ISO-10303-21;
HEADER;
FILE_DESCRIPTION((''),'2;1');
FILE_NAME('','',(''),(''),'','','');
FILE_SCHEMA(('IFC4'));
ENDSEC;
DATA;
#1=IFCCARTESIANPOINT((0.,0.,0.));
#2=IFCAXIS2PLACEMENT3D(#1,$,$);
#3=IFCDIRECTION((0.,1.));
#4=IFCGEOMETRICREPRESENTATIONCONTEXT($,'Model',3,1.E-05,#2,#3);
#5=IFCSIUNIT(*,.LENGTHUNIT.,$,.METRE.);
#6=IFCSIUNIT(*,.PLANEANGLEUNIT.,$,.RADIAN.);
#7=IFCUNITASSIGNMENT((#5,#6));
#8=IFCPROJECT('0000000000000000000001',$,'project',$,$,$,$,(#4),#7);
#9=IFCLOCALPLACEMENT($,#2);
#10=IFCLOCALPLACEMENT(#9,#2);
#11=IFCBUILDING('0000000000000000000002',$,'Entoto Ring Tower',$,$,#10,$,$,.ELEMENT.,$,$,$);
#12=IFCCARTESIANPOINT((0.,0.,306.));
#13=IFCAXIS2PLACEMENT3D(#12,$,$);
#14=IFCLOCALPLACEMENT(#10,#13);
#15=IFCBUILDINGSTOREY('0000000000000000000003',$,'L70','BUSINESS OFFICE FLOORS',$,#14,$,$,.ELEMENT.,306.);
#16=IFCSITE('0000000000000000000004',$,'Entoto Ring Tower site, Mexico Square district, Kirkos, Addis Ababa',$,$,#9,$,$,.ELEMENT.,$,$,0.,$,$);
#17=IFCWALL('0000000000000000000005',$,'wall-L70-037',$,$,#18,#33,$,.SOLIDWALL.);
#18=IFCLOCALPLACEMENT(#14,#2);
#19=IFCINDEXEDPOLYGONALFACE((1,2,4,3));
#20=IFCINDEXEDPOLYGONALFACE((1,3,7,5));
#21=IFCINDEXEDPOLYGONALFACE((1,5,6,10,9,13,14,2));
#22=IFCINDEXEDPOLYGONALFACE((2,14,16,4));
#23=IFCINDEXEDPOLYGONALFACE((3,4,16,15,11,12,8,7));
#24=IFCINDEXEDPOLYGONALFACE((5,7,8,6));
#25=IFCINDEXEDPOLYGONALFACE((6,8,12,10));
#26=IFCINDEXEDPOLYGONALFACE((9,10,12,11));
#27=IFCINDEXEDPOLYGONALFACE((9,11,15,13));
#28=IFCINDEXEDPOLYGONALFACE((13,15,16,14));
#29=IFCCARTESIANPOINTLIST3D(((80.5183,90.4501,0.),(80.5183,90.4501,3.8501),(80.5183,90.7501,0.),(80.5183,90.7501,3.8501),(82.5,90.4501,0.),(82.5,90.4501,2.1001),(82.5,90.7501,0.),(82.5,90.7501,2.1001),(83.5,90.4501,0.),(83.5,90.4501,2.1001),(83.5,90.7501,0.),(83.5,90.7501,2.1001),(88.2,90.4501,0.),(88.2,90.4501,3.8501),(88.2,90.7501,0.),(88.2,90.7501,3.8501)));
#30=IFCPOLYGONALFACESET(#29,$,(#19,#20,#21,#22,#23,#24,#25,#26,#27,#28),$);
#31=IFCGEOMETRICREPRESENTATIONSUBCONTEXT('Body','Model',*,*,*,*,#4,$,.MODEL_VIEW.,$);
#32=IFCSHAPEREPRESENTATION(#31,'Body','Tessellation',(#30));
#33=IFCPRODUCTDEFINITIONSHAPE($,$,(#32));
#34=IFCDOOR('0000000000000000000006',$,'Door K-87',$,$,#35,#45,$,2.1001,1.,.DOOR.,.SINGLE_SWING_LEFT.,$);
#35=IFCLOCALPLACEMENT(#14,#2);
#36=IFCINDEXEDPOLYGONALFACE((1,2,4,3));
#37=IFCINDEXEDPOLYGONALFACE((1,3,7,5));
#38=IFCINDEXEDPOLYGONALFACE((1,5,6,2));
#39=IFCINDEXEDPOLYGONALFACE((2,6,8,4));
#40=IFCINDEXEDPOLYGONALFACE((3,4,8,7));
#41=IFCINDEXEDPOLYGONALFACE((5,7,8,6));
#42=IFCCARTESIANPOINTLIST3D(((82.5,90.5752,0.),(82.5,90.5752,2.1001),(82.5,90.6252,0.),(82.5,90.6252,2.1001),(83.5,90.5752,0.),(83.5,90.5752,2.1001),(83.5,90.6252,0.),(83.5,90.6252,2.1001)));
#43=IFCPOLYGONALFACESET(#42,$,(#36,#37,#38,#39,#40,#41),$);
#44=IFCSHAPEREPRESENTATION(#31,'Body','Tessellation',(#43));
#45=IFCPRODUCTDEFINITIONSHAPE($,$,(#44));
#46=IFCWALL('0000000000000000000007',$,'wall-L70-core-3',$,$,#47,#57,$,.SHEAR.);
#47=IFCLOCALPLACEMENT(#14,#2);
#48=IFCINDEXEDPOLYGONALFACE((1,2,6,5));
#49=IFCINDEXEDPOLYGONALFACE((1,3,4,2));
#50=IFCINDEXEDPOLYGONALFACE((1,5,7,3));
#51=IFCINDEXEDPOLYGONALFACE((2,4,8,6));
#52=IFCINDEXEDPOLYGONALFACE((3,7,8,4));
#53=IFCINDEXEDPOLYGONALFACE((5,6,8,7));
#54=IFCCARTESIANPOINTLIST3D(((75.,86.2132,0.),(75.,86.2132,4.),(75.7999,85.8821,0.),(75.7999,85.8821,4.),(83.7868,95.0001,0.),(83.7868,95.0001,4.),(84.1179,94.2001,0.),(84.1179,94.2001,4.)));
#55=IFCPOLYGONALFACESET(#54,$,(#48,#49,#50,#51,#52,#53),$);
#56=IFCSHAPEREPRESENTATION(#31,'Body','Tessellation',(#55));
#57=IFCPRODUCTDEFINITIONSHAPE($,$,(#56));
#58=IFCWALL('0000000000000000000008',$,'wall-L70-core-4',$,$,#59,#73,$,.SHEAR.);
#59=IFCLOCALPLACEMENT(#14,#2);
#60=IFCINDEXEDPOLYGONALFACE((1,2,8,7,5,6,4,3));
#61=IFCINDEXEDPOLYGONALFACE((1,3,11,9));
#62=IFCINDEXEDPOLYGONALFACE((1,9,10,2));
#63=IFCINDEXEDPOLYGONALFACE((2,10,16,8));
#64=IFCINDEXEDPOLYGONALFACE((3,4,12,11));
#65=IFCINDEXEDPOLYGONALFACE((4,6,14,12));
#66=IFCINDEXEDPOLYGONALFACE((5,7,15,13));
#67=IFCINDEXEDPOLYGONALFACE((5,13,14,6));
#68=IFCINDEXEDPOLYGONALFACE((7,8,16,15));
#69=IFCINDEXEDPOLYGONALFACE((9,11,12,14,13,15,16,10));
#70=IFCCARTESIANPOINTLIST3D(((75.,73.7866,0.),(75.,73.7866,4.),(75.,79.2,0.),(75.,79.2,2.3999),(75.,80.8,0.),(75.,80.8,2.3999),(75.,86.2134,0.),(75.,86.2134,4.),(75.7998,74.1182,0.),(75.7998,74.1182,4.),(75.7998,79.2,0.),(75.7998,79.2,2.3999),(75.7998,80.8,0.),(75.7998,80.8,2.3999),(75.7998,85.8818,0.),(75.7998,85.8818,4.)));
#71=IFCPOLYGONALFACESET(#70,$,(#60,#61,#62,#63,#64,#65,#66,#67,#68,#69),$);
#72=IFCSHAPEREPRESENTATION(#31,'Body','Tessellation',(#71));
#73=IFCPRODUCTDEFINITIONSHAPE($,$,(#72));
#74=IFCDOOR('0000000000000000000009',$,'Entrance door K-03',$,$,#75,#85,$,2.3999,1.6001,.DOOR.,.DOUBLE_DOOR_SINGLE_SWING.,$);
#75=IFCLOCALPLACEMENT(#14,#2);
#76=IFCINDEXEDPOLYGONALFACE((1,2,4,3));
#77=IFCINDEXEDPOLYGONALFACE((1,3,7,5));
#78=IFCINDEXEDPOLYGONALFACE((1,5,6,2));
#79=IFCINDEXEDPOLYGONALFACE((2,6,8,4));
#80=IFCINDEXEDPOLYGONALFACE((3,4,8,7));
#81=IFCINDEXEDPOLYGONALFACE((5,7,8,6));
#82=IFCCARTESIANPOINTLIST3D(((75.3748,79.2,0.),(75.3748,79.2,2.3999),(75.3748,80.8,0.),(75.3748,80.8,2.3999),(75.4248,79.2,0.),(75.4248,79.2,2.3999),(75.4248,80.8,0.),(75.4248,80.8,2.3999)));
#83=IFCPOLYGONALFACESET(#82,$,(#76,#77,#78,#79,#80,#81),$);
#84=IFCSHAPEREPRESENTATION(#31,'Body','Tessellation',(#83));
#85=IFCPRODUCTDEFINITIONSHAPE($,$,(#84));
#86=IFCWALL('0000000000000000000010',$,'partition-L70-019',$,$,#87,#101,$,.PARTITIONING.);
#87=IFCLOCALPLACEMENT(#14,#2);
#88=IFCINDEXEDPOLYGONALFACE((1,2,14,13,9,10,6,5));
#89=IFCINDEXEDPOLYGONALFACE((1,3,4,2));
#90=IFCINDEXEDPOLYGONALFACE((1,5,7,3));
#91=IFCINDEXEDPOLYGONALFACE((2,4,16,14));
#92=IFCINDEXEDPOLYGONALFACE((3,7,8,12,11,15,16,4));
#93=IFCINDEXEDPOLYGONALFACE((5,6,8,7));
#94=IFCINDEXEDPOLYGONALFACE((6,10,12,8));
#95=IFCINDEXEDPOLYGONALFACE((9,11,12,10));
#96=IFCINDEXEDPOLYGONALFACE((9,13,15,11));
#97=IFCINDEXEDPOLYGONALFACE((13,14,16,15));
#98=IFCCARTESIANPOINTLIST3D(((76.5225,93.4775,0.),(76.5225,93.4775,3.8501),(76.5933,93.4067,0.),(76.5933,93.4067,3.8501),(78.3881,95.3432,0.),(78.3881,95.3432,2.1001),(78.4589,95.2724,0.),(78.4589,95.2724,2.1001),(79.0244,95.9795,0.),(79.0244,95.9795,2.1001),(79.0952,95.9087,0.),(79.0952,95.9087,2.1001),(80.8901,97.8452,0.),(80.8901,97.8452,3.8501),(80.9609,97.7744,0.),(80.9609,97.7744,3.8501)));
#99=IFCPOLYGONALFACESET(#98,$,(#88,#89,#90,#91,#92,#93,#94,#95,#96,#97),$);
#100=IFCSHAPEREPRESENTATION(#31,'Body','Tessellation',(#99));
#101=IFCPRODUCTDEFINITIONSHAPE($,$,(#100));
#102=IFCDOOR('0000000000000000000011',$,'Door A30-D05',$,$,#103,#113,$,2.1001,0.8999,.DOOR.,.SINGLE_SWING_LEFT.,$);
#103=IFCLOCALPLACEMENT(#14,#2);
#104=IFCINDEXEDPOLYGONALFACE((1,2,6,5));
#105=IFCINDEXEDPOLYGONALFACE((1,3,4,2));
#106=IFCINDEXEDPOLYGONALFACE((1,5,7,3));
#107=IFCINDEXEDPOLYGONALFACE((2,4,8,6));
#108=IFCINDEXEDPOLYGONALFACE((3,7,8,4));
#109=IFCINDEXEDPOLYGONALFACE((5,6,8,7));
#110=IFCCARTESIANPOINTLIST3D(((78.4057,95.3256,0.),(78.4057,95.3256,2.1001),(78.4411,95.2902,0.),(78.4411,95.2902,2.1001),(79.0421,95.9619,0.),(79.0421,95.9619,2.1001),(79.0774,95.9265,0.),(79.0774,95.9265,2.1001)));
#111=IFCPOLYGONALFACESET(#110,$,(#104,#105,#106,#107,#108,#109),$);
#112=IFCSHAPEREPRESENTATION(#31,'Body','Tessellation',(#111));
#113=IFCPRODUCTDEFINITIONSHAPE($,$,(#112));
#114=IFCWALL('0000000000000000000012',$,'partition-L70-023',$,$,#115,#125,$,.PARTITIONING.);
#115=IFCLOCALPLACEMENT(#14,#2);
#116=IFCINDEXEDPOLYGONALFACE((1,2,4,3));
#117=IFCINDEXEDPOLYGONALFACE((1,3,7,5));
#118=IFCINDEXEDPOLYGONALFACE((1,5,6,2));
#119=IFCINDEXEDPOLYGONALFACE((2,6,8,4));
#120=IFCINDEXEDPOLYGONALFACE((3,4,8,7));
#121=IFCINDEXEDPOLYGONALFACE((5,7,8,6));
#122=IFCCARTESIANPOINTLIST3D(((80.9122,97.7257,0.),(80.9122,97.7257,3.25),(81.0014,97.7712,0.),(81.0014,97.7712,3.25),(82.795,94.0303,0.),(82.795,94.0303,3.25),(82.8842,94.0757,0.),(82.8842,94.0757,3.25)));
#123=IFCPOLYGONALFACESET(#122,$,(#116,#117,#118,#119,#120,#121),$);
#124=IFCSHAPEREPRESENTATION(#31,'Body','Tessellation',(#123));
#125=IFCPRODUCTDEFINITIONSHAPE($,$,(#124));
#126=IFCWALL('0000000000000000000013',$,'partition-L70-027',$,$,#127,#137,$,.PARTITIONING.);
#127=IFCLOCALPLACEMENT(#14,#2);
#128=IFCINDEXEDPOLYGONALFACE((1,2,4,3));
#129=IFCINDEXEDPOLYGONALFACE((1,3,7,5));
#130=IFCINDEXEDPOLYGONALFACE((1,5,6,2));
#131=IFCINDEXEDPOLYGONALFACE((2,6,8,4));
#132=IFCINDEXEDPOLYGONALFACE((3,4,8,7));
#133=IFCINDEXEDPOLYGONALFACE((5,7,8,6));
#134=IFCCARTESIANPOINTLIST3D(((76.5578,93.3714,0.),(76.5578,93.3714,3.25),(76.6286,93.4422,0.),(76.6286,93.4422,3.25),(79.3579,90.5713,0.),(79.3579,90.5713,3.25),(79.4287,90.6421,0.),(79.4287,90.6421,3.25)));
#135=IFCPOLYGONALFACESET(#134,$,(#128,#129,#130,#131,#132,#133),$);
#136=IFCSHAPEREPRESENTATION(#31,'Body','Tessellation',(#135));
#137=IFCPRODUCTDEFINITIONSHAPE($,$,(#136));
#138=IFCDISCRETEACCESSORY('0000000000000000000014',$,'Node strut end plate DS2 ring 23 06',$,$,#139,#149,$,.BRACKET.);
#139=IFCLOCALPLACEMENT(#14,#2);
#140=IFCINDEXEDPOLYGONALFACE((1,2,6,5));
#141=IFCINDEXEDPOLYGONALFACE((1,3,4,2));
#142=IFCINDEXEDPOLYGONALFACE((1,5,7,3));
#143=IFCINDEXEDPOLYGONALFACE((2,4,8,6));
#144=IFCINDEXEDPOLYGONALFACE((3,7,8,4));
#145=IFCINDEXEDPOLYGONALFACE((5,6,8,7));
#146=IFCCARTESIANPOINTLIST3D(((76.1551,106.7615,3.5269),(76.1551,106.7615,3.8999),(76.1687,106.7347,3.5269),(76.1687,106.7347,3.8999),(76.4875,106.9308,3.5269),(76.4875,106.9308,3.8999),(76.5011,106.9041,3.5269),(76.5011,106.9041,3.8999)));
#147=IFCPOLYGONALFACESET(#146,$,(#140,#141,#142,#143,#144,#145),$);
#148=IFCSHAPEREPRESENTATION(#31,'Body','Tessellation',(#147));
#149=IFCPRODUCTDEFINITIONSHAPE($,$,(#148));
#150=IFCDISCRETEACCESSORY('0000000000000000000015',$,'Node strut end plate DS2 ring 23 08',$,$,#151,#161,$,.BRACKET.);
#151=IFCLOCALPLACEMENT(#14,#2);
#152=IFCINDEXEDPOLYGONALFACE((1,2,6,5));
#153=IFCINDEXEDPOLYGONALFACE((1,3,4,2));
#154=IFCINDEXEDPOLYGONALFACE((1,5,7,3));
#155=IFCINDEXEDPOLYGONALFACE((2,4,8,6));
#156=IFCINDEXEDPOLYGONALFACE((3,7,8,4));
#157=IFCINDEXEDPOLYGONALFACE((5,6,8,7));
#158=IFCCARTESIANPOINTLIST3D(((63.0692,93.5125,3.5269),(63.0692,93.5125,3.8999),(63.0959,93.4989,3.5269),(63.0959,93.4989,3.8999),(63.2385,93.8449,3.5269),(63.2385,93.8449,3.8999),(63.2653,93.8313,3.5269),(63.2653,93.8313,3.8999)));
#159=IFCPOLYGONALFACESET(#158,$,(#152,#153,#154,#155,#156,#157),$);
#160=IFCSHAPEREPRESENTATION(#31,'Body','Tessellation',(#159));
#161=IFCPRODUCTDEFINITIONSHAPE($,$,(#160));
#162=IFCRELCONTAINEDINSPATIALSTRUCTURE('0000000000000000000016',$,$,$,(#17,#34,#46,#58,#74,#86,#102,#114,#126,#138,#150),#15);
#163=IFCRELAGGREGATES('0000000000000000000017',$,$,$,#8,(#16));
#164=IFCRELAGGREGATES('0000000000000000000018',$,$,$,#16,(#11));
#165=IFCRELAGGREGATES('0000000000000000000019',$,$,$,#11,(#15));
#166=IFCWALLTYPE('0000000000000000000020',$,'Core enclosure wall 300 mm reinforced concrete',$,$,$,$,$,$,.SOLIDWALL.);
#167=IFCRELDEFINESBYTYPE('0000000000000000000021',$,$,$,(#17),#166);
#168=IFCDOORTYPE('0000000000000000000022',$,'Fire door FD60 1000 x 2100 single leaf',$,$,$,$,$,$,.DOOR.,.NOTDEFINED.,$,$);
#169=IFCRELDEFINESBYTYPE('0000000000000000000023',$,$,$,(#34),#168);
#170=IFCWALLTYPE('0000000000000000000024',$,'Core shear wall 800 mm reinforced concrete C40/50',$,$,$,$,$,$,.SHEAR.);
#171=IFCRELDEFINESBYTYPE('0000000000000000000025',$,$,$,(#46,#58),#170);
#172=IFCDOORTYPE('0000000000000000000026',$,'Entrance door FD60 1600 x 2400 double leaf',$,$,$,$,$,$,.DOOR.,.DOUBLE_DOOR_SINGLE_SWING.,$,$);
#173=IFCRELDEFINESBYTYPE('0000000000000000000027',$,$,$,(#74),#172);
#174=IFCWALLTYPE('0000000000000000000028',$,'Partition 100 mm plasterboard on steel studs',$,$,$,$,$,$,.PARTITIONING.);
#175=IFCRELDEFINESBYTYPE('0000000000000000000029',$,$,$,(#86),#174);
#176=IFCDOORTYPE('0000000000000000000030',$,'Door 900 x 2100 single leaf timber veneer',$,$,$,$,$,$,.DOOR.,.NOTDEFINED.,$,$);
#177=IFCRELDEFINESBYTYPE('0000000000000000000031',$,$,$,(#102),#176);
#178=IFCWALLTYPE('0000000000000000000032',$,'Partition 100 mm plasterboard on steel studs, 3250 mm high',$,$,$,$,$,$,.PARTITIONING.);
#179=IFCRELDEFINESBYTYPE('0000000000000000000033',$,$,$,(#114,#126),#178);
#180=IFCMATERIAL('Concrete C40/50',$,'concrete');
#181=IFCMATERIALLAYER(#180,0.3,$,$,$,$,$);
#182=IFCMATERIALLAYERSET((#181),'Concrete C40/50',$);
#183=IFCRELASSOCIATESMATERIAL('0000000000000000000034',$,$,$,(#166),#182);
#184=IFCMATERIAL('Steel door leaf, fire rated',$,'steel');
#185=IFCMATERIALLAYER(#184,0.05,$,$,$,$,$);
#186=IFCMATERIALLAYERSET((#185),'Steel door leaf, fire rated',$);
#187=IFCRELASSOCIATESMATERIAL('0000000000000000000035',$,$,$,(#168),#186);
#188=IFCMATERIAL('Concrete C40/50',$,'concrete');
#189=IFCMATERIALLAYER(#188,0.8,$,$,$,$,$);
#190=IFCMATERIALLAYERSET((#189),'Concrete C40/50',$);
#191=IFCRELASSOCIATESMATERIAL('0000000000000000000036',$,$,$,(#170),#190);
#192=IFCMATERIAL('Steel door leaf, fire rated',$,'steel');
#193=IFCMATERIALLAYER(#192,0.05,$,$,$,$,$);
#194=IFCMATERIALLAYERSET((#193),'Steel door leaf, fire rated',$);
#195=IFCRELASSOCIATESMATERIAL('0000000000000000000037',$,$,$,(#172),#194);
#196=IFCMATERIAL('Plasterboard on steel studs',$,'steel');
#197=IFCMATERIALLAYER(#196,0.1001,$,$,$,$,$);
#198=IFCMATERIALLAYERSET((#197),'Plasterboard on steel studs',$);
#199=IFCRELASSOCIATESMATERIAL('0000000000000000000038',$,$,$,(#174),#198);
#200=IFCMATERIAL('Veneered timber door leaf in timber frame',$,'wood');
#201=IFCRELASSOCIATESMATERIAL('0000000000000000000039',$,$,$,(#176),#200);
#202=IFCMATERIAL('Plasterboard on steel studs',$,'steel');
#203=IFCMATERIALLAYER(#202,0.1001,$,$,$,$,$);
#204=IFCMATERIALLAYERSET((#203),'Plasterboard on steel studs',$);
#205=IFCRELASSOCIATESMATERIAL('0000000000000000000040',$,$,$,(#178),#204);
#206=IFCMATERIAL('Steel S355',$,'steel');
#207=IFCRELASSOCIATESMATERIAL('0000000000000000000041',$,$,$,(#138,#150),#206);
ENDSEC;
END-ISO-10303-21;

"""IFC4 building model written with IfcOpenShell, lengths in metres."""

from ifc_helpers import new_model, si_unit, direction, frame, frame_2d, origin, origin_2d, place, context, subcontext, project, spatial, polyline, rectangle, outline, extrude, material, layer, layer_set, type_object, element, fill, save


model = new_model("IFC4")

# Units and contexts
model_context = context("Model", 3, precision=1e-05, world=origin(), true_north=direction((0.0, 1.0)))
body_context = subcontext(model_context, "Body", "Model", "MODEL_VIEW")
ifc_project = project(units=[si_unit("LENGTHUNIT", "METRE"), si_unit("PLANEANGLEUNIT", "RADIAN")], contexts=[model_context])

# Site, building, storey
site_placement = place(None, origin())
site = spatial("IfcSite", under=ifc_project, at=site_placement, Name="Entoto Ring Tower site, Mexico Square district, Kirkos, Addis Ababa", CompositionType="ELEMENT", RefElevation=0.0)
building_placement = place(site_placement, origin())
building = spatial("IfcBuilding", under=site, at=building_placement, Name="Entoto Ring Tower", CompositionType="ELEMENT")
storey_placement = place(building_placement, frame((0.0, 0.0, 306.0)))
storey = spatial("IfcBuildingStorey", under=building, at=storey_placement, Name="L70", Description="BUSINESS OFFICE FLOORS", CompositionType="ELEMENT", Elevation=306.0)

# Shared definitions
ifc_material_1 = material(Name="Concrete C40/50", Category="concrete")
ifc_layer_1 = layer(ifc_material_1, 0.3)
ifc_layer_set_1 = layer_set([ifc_layer_1], Name="Concrete C40/50")
wall_type_1 = type_object("IfcWallType", Name="Core enclosure wall 300 mm reinforced concrete", PredefinedType="SOLIDWALL", material=ifc_layer_set_1)

# Wall, opening, door
wall_1_placement = place(storey_placement, frame((80.5183, 90.6001, 0.0), z_axis=(0.0, 0.0, 1.0), x_axis=(1.0, 0.0, 0.0)))
wall_1 = element("IfcWall", 1, at=wall_1_placement, inside=storey, type_object=wall_type_1, Name="wall-L70-037", PredefinedType="SOLIDWALL", context=body_context, shape_type="SweptSolid", body=[
    extrude(rectangle(XDim=7.6816, YDim=0.3, at=frame_2d((3.8408, 0.0))), origin(), (0.0, 0.0, 1.0), 3.8501),
])
opening_1_placement = place(wall_1_placement, frame((1.9817, 0.0, 0.0)))
opening_1 = element("IfcOpeningElement", 2, at=opening_1_placement, cuts=wall_1, PredefinedType="OPENING", context=body_context, shape_type="SweptSolid", body=[
    extrude(rectangle(XDim=1.0, YDim=2.1001, at=frame_2d((0.5, 1.05))), frame((0.0, 0.1602, 0.0), z_axis=(0.0, -1.0, 0.0), x_axis=(1.0, 0.0, 0.0)), (0.0, 0.0, 1.0), 0.3201),
])
ifc_material_2 = material(Name="Steel door leaf, fire rated", Category="steel")
ifc_layer_2 = layer(ifc_material_2, 0.05)
ifc_layer_set_2 = layer_set([ifc_layer_2], Name="Steel door leaf, fire rated")
door_type_1 = type_object("IfcDoorType", Name="Fire door FD60 1000 x 2100 single leaf", OperationType="NOTDEFINED", PredefinedType="DOOR", material=ifc_layer_set_2)
door_1_placement = place(opening_1_placement, frame((1.0, 0.0, 0.0), z_axis=(0.0, 0.0, 1.0), x_axis=(-1.0, 0.0, 0.0)))
door_1 = element("IfcDoor", 3, at=door_1_placement, inside=storey, type_object=door_type_1, Name="Door K-87", OperationType="SINGLE_SWING_LEFT", OverallHeight=2.1001, OverallWidth=1.0, PredefinedType="DOOR", context=body_context, shape_type="SweptSolid", body=[
    extrude(rectangle(XDim=1.0, YDim=2.1001, at=frame_2d((0.5, 1.05))), frame((0.0, 0.0249, 0.0), z_axis=(0.0, -1.0, 0.0), x_axis=(1.0, 0.0, 0.0)), (0.0, 0.0, 1.0), 0.05),
])
fill(opening_1, door_1)

# Wall
ifc_material_3 = material(Name="Concrete C40/50", Category="concrete")
ifc_layer_3 = layer(ifc_material_3, 0.8)
ifc_layer_set_3 = layer_set([ifc_layer_3], Name="Concrete C40/50")
wall_type_2 = type_object("IfcWallType", Name="Core shear wall 800 mm reinforced concrete C40/50", PredefinedType="SHEAR", material=ifc_layer_set_3)
wall_2_placement = place(storey_placement, frame((83.9524, 94.6001, 0.0), z_axis=(0.0, 0.0, 1.0), x_axis=(-0.707107, -0.707107, 0.0)))
element("IfcWall", 4, at=wall_2_placement, inside=storey, type_object=wall_type_2, Name="wall-L70-core-3", PredefinedType="SHEAR", context=body_context, shape_type="SweptSolid", body=[
    extrude(outline(polyline([(-0.1658, -0.3999), (12.2607, -0.3999), (11.9292, 0.3999), (0.1658, 0.3999), (-0.1658, -0.3999)])), origin(), (0.0, 0.0, 1.0), 4.0),
])

# Walls, openings, doors
wall_3_placement = place(storey_placement, frame((75.3999, 86.0476, 0.0), z_axis=(0.0, 0.0, 1.0), x_axis=(0.0, -1.0, 0.0)))
wall_3 = element("IfcWall", 5, at=wall_3_placement, inside=storey, type_object=wall_type_2, Name="wall-L70-core-4", PredefinedType="SHEAR", context=body_context, shape_type="SweptSolid", body=[
    extrude(outline(polyline([(-0.1658, -0.3999), (12.261, -0.3999), (11.9294, 0.3999), (0.1658, 0.3999), (-0.1658, -0.3999)])), origin(), (0.0, 0.0, 1.0), 4.0),
])
opening_2_placement = place(wall_3_placement, frame((5.2476, 0.0, 0.0)))
opening_2 = element("IfcOpeningElement", 6, at=opening_2_placement, cuts=wall_3, PredefinedType="OPENING", context=body_context, shape_type="SweptSolid", body=[
    extrude(rectangle(XDim=1.6001, YDim=2.3999, at=frame_2d((0.8, 1.2))), frame((0.0, 0.4102, 0.0), z_axis=(0.0, -1.0, 0.0), x_axis=(1.0, 0.0, 0.0)), (0.0, 0.0, 1.0), 0.8201),
])
ifc_material_4 = material(Name="Steel door leaf, fire rated", Category="steel")
ifc_layer_4 = layer(ifc_material_4, 0.05)
ifc_layer_set_4 = layer_set([ifc_layer_4], Name="Steel door leaf, fire rated")
door_type_2 = type_object("IfcDoorType", Name="Entrance door FD60 1600 x 2400 double leaf", OperationType="DOUBLE_DOOR_SINGLE_SWING", PredefinedType="DOOR", material=ifc_layer_set_4)
door_2_placement = place(opening_2_placement, origin())
door_2 = element("IfcDoor", 7, at=door_2_placement, inside=storey, type_object=door_type_2, Name="Entrance door K-03", OperationType="DOUBLE_DOOR_SINGLE_SWING", OverallHeight=2.3999, OverallWidth=1.6001, PredefinedType="DOOR", context=body_context, shape_type="SweptSolid", body=[
    extrude(rectangle(XDim=1.6001, YDim=2.3999, at=frame_2d((0.8, 1.2))), frame((0.0, 0.0249, 0.0), z_axis=(0.0, -1.0, 0.0), x_axis=(1.0, 0.0, 0.0)), (0.0, 0.0, 1.0), 0.05),
])
fill(opening_2, door_2)
ifc_material_5 = material(Name="Plasterboard on steel studs", Category="steel")
ifc_layer_5 = layer(ifc_material_5, 0.1001)
ifc_layer_set_5 = layer_set([ifc_layer_5], Name="Plasterboard on steel studs")
wall_type_3 = type_object("IfcWallType", Name="Partition 100 mm plasterboard on steel studs", PredefinedType="PARTITIONING", material=ifc_layer_set_5)
wall_4_placement = place(storey_placement, frame((76.5579, 93.4421, 0.0), z_axis=(0.0, 0.0, 1.0), x_axis=(0.707107, 0.707107, 0.0)))
wall_4 = element("IfcWall", 8, at=wall_4_placement, inside=storey, type_object=wall_type_3, Name="partition-L70-019", PredefinedType="PARTITIONING", context=body_context, shape_type="SweptSolid", body=[
    extrude(rectangle(XDim=6.1768, YDim=0.1001, at=frame_2d((3.0884, 0.0))), origin(), (0.0, 0.0, 1.0), 3.8501),
])
opening_3_placement = place(wall_4_placement, frame((2.6384, 0.0, 0.0)))
opening_3 = element("IfcOpeningElement", 9, at=opening_3_placement, cuts=wall_4, PredefinedType="OPENING", context=body_context, shape_type="SweptSolid", body=[
    extrude(rectangle(XDim=0.8999, YDim=2.1001, at=frame_2d((0.45, 1.05))), frame((0.0, 0.0601, 0.0), z_axis=(0.0, -1.0, 0.0), x_axis=(1.0, 0.0, 0.0)), (0.0, 0.0, 1.0), 0.1201),
])
ifc_material_6 = material(Name="Veneered timber door leaf in timber frame", Category="wood")
door_type_3 = type_object("IfcDoorType", Name="Door 900 x 2100 single leaf timber veneer", OperationType="NOTDEFINED", PredefinedType="DOOR", material=ifc_material_6)
door_3_placement = place(opening_3_placement, frame((0.8999, 0.0, 0.0), z_axis=(0.0, 0.0, 1.0), x_axis=(-1.0, 0.0, 0.0)))
door_3 = element("IfcDoor", 10, at=door_3_placement, inside=storey, type_object=door_type_3, Name="Door A30-D05", OperationType="SINGLE_SWING_LEFT", OverallHeight=2.1001, OverallWidth=0.8999, PredefinedType="DOOR", context=body_context, shape_type="SweptSolid", body=[
    extrude(rectangle(XDim=0.8999, YDim=2.1001, at=frame_2d((0.45, 1.05))), frame((0.0, 0.0249, 0.0), z_axis=(0.0, -1.0, 0.0), x_axis=(1.0, 0.0, 0.0)), (0.0, 0.0, 1.0), 0.05),
])
fill(opening_3, door_3)

# Walls
ifc_material_7 = material(Name="Plasterboard on steel studs", Category="steel")
ifc_layer_6 = layer(ifc_material_7, 0.1001)
ifc_layer_set_6 = layer_set([ifc_layer_6], Name="Plasterboard on steel studs")
wall_type_4 = type_object("IfcWallType", Name="Partition 100 mm plasterboard on steel studs, 3250 mm high", PredefinedType="PARTITIONING", material=ifc_layer_set_6)
wall_5_placement = place(storey_placement, frame((82.8396, 94.053, 0.0), z_axis=(0.0, 0.0, 1.0), x_axis=(-0.453958, 0.891023, 0.0)))
element("IfcWall", 11, at=wall_5_placement, inside=storey, type_object=wall_type_4, Name="partition-L70-023", PredefinedType="PARTITIONING", context=body_context, shape_type="SweptSolid", body=[
    extrude(rectangle(XDim=4.1475, YDim=0.1001, at=frame_2d((2.0737, 0.0))), origin(), (0.0, 0.0, 1.0), 3.25),
])
wall_6_placement = place(storey_placement, frame((79.3933, 90.6067, 0.0), z_axis=(0.0, 0.0, 1.0), x_axis=(-0.707107, 0.707107, 0.0)))
element("IfcWall", 12, at=wall_6_placement, inside=storey, type_object=wall_type_4, Name="partition-L70-027", PredefinedType="PARTITIONING", context=body_context, shape_type="SweptSolid", body=[
    extrude(rectangle(XDim=3.96, YDim=0.1001, at=frame_2d((1.98, 0.0))), origin(), (0.0, 0.0, 1.0), 3.25),
])

# Discrete accessories
ifc_material_8 = material(Name="Steel S355", Category="steel")
for number, where, z_axis, x_axis, name in (
    (13, (76.3281, 106.8328, 3.5269), (0.0, 0.0, 1.0), (-0.45399, 0.891007, 0.0), "Node strut end plate DS2 ring 23 06"),
    (14, (63.1672, 93.6719, 3.5269), (0.0, 0.0, 1.0), (-0.891007, 0.45399, 0.0), "Node strut end plate DS2 ring 23 08"),
):
    element("IfcDiscreteAccessory", number, at=place(storey_placement, frame(where, z_axis=z_axis, x_axis=x_axis)), inside=storey, material=ifc_material_8, Name=name, PredefinedType="BRACKET", context=body_context, shape_type="SweptSolid", body=[
        extrude(rectangle(XDim=0.03, YDim=0.373, at=origin_2d()), origin(), (0.0, 0.0, 1.0), 0.373),
    ])

save(model, "model.ifc")
